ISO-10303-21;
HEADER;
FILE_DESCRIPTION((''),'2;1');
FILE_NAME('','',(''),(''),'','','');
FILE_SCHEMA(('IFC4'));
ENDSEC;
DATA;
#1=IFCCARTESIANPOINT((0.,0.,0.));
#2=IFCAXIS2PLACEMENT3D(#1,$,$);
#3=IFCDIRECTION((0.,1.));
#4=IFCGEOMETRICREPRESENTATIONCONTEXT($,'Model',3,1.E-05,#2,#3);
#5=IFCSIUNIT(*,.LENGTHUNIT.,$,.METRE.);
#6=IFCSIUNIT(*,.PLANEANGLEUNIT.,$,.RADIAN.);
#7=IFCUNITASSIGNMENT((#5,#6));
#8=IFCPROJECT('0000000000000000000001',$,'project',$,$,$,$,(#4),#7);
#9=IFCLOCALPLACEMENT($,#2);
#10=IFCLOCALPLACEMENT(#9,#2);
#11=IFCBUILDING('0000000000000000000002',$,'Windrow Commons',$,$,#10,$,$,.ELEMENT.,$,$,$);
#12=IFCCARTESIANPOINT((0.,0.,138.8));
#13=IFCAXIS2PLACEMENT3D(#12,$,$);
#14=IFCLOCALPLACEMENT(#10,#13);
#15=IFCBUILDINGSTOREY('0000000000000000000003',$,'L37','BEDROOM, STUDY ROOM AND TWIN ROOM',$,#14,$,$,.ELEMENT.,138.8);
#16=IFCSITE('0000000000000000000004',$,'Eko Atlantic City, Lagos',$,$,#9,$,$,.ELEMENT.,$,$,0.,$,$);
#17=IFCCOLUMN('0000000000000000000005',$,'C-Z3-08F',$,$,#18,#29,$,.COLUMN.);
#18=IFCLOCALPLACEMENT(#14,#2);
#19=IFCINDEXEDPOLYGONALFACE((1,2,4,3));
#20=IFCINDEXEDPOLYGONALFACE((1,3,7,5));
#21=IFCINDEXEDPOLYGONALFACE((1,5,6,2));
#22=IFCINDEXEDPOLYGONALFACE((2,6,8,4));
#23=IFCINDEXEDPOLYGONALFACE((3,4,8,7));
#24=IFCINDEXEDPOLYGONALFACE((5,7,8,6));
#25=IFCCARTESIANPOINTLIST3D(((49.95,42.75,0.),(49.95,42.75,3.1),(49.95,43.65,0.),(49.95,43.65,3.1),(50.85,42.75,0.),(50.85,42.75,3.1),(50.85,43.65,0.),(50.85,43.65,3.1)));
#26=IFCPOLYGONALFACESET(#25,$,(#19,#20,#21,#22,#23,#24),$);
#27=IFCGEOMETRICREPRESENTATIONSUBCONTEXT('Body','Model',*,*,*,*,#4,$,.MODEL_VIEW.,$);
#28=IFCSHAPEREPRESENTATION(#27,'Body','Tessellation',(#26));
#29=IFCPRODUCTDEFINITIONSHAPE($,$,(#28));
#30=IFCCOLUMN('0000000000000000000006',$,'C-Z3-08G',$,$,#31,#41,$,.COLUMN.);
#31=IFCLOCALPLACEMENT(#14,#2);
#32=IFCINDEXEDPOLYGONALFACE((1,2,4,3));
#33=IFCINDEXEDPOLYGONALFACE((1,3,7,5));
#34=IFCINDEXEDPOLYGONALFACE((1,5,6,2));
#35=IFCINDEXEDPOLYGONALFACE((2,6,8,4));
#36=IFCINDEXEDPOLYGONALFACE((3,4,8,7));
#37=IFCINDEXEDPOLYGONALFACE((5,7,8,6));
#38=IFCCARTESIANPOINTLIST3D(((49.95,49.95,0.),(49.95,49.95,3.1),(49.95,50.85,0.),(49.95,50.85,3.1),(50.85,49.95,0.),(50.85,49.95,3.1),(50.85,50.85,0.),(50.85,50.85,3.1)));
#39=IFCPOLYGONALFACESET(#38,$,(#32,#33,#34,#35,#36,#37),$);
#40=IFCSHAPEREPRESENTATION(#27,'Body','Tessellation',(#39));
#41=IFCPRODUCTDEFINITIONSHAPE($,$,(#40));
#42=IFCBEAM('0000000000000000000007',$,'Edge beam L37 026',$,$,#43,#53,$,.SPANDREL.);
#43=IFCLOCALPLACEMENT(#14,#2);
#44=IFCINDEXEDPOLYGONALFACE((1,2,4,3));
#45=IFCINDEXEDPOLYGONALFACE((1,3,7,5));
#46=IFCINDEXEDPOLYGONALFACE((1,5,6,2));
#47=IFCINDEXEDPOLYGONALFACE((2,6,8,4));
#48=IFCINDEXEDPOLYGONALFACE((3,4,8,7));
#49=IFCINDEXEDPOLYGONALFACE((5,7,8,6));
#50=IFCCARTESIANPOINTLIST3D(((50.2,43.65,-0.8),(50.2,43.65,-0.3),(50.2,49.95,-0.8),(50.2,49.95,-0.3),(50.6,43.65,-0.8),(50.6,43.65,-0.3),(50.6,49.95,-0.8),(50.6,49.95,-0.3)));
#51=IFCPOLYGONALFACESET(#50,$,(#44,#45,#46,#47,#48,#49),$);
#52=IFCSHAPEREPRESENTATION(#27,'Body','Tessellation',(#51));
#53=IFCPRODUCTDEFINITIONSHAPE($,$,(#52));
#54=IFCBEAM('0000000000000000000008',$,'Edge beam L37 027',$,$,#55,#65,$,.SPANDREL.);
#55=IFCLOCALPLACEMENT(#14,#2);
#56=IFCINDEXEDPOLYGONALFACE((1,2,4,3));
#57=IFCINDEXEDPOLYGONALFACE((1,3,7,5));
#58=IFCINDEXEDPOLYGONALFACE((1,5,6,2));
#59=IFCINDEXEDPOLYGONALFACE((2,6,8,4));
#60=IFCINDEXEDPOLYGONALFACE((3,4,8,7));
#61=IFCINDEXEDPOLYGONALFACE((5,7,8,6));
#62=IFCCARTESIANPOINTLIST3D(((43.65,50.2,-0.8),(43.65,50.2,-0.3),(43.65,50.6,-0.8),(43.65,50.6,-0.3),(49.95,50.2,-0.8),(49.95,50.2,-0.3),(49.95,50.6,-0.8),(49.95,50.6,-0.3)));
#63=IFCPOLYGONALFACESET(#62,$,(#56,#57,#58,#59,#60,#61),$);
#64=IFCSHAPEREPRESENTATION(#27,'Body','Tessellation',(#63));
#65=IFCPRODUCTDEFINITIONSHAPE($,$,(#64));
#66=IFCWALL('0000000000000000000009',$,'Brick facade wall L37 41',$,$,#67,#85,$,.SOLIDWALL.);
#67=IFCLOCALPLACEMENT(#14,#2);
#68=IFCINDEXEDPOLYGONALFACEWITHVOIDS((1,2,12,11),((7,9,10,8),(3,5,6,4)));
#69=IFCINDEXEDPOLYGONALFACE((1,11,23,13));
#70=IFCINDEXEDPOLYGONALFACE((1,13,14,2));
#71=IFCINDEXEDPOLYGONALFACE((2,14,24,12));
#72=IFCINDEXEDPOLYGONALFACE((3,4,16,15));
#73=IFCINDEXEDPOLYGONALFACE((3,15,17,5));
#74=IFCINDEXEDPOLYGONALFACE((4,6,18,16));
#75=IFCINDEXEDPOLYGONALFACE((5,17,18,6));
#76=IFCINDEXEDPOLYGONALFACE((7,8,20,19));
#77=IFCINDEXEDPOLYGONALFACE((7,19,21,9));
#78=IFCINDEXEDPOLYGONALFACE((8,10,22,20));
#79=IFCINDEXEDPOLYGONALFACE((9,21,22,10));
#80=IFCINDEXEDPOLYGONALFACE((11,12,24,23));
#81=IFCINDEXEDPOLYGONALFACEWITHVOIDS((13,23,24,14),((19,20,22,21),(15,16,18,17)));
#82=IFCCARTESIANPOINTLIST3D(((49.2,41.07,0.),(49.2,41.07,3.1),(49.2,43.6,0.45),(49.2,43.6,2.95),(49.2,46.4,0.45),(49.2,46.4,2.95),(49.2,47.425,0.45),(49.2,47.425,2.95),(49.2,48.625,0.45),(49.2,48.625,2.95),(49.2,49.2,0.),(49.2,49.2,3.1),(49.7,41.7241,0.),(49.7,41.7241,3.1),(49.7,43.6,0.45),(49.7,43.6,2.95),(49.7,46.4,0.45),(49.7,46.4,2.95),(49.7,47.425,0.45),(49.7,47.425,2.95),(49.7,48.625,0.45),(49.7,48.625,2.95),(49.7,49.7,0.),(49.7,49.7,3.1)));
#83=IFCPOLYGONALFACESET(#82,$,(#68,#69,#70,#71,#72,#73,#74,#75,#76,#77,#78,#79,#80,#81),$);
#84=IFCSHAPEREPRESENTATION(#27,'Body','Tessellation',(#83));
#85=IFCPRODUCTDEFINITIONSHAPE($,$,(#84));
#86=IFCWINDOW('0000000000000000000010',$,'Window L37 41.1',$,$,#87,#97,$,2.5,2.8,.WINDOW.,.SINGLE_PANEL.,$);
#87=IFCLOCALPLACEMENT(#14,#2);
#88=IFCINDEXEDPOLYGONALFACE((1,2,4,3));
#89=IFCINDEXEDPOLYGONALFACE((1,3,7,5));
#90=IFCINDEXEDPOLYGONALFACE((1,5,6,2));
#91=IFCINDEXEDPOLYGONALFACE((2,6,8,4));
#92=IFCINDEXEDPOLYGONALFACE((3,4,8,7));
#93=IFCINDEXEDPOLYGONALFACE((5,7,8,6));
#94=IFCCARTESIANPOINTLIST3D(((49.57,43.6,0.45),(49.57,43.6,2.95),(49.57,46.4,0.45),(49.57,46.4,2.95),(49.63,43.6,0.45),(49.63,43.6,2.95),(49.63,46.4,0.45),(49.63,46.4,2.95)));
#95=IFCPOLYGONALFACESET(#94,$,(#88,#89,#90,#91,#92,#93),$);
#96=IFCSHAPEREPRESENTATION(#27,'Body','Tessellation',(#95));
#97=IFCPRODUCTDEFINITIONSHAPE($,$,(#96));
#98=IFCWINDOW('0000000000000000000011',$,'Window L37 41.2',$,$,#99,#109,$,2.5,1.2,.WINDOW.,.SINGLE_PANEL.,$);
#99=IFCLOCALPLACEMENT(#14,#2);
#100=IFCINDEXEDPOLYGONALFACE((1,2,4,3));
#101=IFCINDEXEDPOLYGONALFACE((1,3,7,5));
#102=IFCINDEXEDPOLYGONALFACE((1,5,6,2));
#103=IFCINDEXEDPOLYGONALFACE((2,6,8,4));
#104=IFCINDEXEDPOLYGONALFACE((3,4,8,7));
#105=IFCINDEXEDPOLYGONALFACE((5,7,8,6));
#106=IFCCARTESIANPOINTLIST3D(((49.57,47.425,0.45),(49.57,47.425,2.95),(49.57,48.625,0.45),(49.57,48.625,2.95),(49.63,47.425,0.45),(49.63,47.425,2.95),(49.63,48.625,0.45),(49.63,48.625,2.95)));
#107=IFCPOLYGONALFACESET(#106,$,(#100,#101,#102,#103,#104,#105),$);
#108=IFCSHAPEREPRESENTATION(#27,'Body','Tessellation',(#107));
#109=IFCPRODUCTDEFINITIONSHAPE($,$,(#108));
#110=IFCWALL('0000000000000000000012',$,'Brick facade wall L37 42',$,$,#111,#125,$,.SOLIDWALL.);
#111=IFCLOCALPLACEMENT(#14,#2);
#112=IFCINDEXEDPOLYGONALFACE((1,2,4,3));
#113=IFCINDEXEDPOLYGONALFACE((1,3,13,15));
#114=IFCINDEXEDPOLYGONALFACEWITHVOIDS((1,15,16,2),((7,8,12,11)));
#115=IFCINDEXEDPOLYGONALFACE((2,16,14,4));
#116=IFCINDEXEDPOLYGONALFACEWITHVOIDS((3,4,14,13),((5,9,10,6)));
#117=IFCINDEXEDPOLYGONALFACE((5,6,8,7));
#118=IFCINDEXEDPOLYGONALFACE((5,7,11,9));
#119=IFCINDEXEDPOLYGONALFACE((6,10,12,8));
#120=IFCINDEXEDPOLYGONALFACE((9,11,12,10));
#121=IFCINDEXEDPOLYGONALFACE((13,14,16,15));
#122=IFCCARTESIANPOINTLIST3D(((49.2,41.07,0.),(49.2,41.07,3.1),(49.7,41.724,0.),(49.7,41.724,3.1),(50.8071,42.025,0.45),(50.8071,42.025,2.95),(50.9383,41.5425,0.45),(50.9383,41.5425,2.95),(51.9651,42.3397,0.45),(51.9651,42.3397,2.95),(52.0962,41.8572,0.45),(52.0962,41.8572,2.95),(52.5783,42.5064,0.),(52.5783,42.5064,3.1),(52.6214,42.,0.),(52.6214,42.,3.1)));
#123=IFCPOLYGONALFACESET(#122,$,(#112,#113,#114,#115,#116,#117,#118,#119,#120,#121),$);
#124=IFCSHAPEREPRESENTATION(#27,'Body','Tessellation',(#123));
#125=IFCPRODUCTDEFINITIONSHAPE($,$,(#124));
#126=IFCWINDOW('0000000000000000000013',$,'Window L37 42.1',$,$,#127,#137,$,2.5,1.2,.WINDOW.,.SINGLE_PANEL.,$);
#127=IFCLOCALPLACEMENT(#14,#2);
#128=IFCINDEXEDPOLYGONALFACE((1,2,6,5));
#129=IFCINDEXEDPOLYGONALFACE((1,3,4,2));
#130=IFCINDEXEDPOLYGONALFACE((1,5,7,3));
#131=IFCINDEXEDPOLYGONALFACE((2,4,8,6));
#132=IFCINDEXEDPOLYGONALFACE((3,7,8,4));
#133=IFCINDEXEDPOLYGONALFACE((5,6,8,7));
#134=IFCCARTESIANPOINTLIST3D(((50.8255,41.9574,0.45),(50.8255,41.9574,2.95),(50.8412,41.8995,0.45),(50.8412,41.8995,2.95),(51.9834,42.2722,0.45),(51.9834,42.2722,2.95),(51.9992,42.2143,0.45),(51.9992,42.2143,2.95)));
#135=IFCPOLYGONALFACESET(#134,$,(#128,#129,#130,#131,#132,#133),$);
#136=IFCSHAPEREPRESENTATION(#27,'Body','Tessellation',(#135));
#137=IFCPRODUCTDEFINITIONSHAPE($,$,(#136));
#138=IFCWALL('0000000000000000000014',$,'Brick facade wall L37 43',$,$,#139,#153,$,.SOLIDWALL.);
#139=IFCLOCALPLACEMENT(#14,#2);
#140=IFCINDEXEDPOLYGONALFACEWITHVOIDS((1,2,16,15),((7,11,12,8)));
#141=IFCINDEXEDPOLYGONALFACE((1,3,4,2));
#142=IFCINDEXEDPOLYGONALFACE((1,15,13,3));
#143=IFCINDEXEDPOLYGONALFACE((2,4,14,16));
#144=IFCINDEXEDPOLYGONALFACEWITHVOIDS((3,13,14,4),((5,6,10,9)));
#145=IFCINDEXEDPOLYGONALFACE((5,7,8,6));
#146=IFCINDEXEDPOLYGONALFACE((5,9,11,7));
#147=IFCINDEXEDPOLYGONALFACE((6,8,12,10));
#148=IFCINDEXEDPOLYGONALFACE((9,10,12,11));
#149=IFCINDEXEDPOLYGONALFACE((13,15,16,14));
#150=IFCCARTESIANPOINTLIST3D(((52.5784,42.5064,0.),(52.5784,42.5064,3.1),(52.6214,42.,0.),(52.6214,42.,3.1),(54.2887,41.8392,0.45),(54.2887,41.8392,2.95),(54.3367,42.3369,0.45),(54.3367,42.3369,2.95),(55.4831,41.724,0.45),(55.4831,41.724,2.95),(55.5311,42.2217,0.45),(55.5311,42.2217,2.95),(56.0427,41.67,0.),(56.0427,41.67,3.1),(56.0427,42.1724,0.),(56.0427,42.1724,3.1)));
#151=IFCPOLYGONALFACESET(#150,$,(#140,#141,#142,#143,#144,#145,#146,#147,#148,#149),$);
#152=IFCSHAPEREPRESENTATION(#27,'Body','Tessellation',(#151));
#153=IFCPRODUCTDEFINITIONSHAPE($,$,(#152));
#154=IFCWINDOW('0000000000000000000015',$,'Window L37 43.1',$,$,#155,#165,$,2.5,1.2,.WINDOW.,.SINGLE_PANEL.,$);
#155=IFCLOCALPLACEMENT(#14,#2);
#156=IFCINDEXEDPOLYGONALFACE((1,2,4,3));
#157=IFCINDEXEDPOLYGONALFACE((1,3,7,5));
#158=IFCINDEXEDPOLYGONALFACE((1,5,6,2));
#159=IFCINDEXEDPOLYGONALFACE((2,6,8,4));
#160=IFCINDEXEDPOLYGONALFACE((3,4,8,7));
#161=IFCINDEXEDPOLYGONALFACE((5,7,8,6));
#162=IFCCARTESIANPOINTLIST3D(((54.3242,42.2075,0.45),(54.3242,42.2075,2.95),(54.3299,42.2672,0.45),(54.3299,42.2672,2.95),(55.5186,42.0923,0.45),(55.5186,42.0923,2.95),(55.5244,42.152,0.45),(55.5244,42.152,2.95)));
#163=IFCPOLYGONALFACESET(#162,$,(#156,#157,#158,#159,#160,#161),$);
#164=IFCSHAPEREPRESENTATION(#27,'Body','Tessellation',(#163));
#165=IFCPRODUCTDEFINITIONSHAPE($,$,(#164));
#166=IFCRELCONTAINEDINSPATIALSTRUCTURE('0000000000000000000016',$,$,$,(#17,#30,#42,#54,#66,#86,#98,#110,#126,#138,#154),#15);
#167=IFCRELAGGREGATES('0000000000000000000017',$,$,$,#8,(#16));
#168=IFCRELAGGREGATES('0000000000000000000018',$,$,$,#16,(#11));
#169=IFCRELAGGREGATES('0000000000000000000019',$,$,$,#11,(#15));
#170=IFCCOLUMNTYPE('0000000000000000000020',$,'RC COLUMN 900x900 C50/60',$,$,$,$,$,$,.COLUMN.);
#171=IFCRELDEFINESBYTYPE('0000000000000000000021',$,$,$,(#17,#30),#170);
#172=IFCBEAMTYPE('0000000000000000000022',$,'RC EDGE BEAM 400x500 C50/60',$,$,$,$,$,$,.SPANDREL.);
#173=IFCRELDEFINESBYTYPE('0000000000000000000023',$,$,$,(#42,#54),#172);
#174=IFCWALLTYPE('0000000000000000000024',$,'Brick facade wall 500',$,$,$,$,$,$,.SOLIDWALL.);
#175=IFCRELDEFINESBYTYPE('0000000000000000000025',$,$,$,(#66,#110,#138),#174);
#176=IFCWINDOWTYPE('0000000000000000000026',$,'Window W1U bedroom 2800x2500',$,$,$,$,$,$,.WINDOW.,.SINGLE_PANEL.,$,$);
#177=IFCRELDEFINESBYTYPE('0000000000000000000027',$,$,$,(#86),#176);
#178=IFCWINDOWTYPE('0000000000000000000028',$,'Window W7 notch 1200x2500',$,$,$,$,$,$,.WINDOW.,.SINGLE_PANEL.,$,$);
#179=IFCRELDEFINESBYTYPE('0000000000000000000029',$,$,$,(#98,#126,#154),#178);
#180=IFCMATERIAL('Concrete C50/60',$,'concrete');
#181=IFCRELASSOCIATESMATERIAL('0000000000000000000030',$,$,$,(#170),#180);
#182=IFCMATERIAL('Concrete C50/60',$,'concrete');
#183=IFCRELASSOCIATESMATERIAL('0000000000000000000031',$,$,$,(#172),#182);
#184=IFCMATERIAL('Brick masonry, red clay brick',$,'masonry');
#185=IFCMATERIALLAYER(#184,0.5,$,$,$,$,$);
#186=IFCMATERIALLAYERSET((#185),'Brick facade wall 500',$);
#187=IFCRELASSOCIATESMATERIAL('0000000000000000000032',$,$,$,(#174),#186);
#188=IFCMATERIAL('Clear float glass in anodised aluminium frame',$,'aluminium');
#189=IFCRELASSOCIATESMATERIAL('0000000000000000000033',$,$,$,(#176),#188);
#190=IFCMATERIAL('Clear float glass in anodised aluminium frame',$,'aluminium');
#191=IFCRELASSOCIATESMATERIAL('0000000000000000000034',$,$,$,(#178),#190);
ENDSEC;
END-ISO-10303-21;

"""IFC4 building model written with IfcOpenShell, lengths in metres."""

from ifc_helpers import new_model, si_unit, direction, frame, frame_2d, origin, origin_2d, place, context, subcontext, project, spatial, polyline, rectangle, outline, extrude, material, layer, layer_set, material_profile, profile_set, type_object, element, fill, save


model = new_model("IFC4")

# Units and contexts
model_context = context("Model", 3, precision=1e-05, world=origin(), true_north=direction((0.0, 1.0)))
body_context = subcontext(model_context, "Body", "Model", "MODEL_VIEW")
ifc_project = project(units=[si_unit("LENGTHUNIT", "METRE"), si_unit("PLANEANGLEUNIT", "RADIAN")], contexts=[model_context])

# Site, building, storey
site_placement = place(None, origin())
site = spatial("IfcSite", under=ifc_project, at=site_placement, Name="Eko Atlantic City, Lagos", CompositionType="ELEMENT", RefElevation=0.0)
building_placement = place(site_placement, origin())
building = spatial("IfcBuilding", under=site, at=building_placement, Name="Windrow Commons", CompositionType="ELEMENT")
storey_placement = place(building_placement, frame((0.0, 0.0, 138.8)))
storey = spatial("IfcBuildingStorey", under=building, at=storey_placement, Name="L37", Description="BEDROOM, STUDY ROOM AND TWIN ROOM", CompositionType="ELEMENT", Elevation=138.8)

# Columns
ifc_material_1 = material(Name="Concrete C50/60", Category="concrete")
ifc_material_profile_1 = material_profile(ifc_material_1, rectangle(XDim=0.9, YDim=0.9, at=origin_2d()))
ifc_profile_set_1 = profile_set([ifc_material_profile_1], Name="Concrete C50/60")
column_type = type_object("IfcColumnType", Name="RC COLUMN 900x900 C50/60", PredefinedType="COLUMN", material=ifc_profile_set_1)
for number, where, z_axis, x_axis, name in (
    (1, (50.4, 43.2, 0.0), (0.0, 0.0, 1.0), (1.0, 0.0, 0.0), "C-Z3-08F"),
    (2, (50.4, 50.4, 0.0), (0.0, 0.0, 1.0), (1.0, 0.0, 0.0), "C-Z3-08G"),
):
    element("IfcColumn", number, at=place(storey_placement, frame(where, z_axis=z_axis, x_axis=x_axis)), inside=storey, type_object=column_type, Name=name, PredefinedType="COLUMN", context=body_context, shape_type="SweptSolid", body=[
        extrude(rectangle(XDim=0.9, YDim=0.9, at=origin_2d()), origin(), (0.0, 0.0, 1.0), 3.1),
    ])

# Beams
ifc_material_2 = material(Name="Concrete C50/60", Category="concrete")
ifc_material_profile_2 = material_profile(ifc_material_2, rectangle(XDim=0.4, YDim=0.5, at=origin_2d()))
ifc_profile_set_2 = profile_set([ifc_material_profile_2], Name="Concrete C50/60")
beam_type = type_object("IfcBeamType", Name="RC EDGE BEAM 400x500 C50/60", PredefinedType="SPANDREL", material=ifc_profile_set_2)
for number, where, z_axis, x_axis, name in (
    (3, (50.4, 43.65, -0.55), (0.0, 1.0, 0.0), (-1.0, 0.0, 0.0), "Edge beam L37 026"),
    (4, (49.95, 50.4, -0.55), (-1.0, 0.0, 0.0), (0.0, -1.0, 0.0), "Edge beam L37 027"),
):
    element("IfcBeam", number, at=place(storey_placement, frame(where, z_axis=z_axis, x_axis=x_axis)), inside=storey, type_object=beam_type, Name=name, PredefinedType="SPANDREL", context=body_context, shape_type="SweptSolid", body=[
        extrude(rectangle(XDim=0.4, YDim=0.5, at=origin_2d()), origin(), (0.0, 0.0, 1.0), 6.3),
    ])

# Wall, openings, windows
ifc_material_3 = material(Name="Brick masonry, red clay brick", Category="masonry")
ifc_layer_1 = layer(ifc_material_3, 0.5)
ifc_layer_set_1 = layer_set([ifc_layer_1], Name="Brick facade wall 500")
wall_type_1 = type_object("IfcWallType", Name="Brick facade wall 500", PredefinedType="SOLIDWALL", material=ifc_layer_set_1)
wall_1_placement = place(storey_placement, frame((49.45, 49.45, 0.0), z_axis=(0.0, 0.0, 1.0), x_axis=(0.0, -1.0, 0.0)))
wall_1 = element("IfcWall", 5, at=wall_1_placement, inside=storey, type_object=wall_type_1, Name="Brick facade wall L37 41", PredefinedType="SOLIDWALL", context=body_context, shape_type="SweptSolid", body=[
    extrude(outline(polyline([(0.25, -0.25), (8.38, -0.25), (7.7259, 0.25), (-0.25, 0.25), (0.25, -0.25)])), origin(), (0.0, 0.0, 1.0), 3.1),
])
opening_1_placement = place(wall_1_placement, frame((3.05, 0.0, 0.45)))
opening_1 = element("IfcOpeningElement", 6, at=opening_1_placement, cuts=wall_1, PredefinedType="OPENING", context=body_context, shape_type="SweptSolid", body=[
    extrude(rectangle(XDim=2.8, YDim=2.5, at=frame_2d((1.4, 1.25))), frame((0.0, 0.26, 0.0), z_axis=(0.0, -1.0, 0.0), x_axis=(1.0, 0.0, 0.0)), (0.0, 0.0, 1.0), 0.52),
])
opening_2_placement = place(wall_1_placement, frame((0.825, 0.0, 0.45)))
opening_2 = element("IfcOpeningElement", 7, at=opening_2_placement, cuts=wall_1, PredefinedType="OPENING", context=body_context, shape_type="SweptSolid", body=[
    extrude(rectangle(XDim=1.2, YDim=2.5, at=frame_2d((0.6, 1.25))), frame((0.0, 0.26, 0.0), z_axis=(0.0, -1.0, 0.0), x_axis=(1.0, 0.0, 0.0)), (0.0, 0.0, 1.0), 0.52),
])
ifc_material_4 = material(Name="Clear float glass in anodised aluminium frame", Category="aluminium")
window_type_1 = type_object("IfcWindowType", Name="Window W1U bedroom 2800x2500", PartitioningType="SINGLE_PANEL", PredefinedType="WINDOW", material=ifc_material_4)
window_1_placement = place(opening_1_placement, origin())
window_1 = element("IfcWindow", 8, at=window_1_placement, inside=storey, type_object=window_type_1, Name="Window L37 41.1", OverallHeight=2.5, OverallWidth=2.8, PartitioningType="SINGLE_PANEL", PredefinedType="WINDOW", context=body_context, shape_type="SweptSolid", body=[
    extrude(rectangle(XDim=2.8, YDim=2.5, at=frame_2d((1.4, 1.25))), frame((0.0, 0.18, 0.0), z_axis=(0.0, -1.0, 0.0), x_axis=(1.0, 0.0, 0.0)), (0.0, 0.0, 1.0), 0.06),
])
fill(opening_1, window_1)
ifc_material_5 = material(Name="Clear float glass in anodised aluminium frame", Category="aluminium")
window_type_2 = type_object("IfcWindowType", Name="Window W7 notch 1200x2500", PartitioningType="SINGLE_PANEL", PredefinedType="WINDOW", material=ifc_material_5)
window_2_placement = place(opening_2_placement, origin())
window_2 = element("IfcWindow", 9, at=window_2_placement, inside=storey, type_object=window_type_2, Name="Window L37 41.2", OverallHeight=2.5, OverallWidth=1.2, PartitioningType="SINGLE_PANEL", PredefinedType="WINDOW", context=body_context, shape_type="SweptSolid", body=[
    extrude(rectangle(XDim=1.2, YDim=2.5, at=frame_2d((0.6, 1.25))), frame((0.0, 0.18, 0.0), z_axis=(0.0, -1.0, 0.0), x_axis=(1.0, 0.0, 0.0)), (0.0, 0.0, 1.0), 0.06),
])
fill(opening_2, window_2)

# Walls, openings, windows
wall_2_placement = place(storey_placement, frame((49.45, 41.397, 0.0), z_axis=(0.0, 0.0, 1.0), x_axis=(0.964986, 0.262301, 0.0)))
wall_2 = element("IfcWall", 10, at=wall_2_placement, inside=storey, type_object=wall_type_1, Name="Brick facade wall L37 42", PredefinedType="SOLIDWALL", context=body_context, shape_type="SweptSolid", body=[
    extrude(outline(polyline([(-0.327, -0.25), (3.2185, -0.25), (3.3098, 0.25), (0.327, 0.25), (-0.327, -0.25)])), origin(), (0.0, 0.0, 1.0), 3.1),
])
opening_3_placement = place(wall_2_placement, frame((1.4743, 0.0, 0.45)))
opening_3 = element("IfcOpeningElement", 11, at=opening_3_placement, cuts=wall_2, PredefinedType="OPENING", context=body_context, shape_type="SweptSolid", body=[
    extrude(rectangle(XDim=1.2, YDim=2.5, at=frame_2d((0.6, 1.25))), frame((0.0, 0.26, 0.0), z_axis=(0.0, -1.0, 0.0), x_axis=(1.0, 0.0, 0.0)), (0.0, 0.0, 1.0), 0.52),
])
window_3_placement = place(opening_3_placement, origin())
window_3 = element("IfcWindow", 12, at=window_3_placement, inside=storey, type_object=window_type_2, Name="Window L37 42.1", OverallHeight=2.5, OverallWidth=1.2, PartitioningType="SINGLE_PANEL", PredefinedType="WINDOW", context=body_context, shape_type="SweptSolid", body=[
    extrude(rectangle(XDim=1.2, YDim=2.5, at=frame_2d((0.6, 1.25))), frame((0.0, 0.18, 0.0), z_axis=(0.0, -1.0, 0.0), x_axis=(1.0, 0.0, 0.0)), (0.0, 0.0, 1.0), 0.06),
])
fill(opening_3, window_3)
wall_3_placement = place(storey_placement, frame((52.5999, 42.2532, 0.0), z_axis=(0.0, 0.0, 1.0), x_axis=(0.995383, -0.095988, 0.0)))
wall_3 = element("IfcWall", 13, at=wall_3_placement, inside=storey, type_object=wall_type_1, Name="Brick facade wall L37 43", PredefinedType="SOLIDWALL", context=body_context, shape_type="SweptSolid", body=[
    extrude(outline(polyline([(0.0457, -0.25), (3.4829, -0.25), (3.4347, 0.25), (-0.0457, 0.25), (0.0457, -0.25)])), origin(), (0.0, 0.0, 1.0), 3.1),
])
opening_4_placement = place(wall_3_placement, frame((1.7207, 0.0, 0.45)))
opening_4 = element("IfcOpeningElement", 14, at=opening_4_placement, cuts=wall_3, PredefinedType="OPENING", context=body_context, shape_type="SweptSolid", body=[
    extrude(rectangle(XDim=1.2, YDim=2.5, at=frame_2d((0.6, 1.25))), frame((0.0, 0.26, 0.0), z_axis=(0.0, -1.0, 0.0), x_axis=(1.0, 0.0, 0.0)), (0.0, 0.0, 1.0), 0.52),
])
window_4_placement = place(opening_4_placement, origin())
window_4 = element("IfcWindow", 15, at=window_4_placement, inside=storey, type_object=window_type_2, Name="Window L37 43.1", OverallHeight=2.5, OverallWidth=1.2, PartitioningType="SINGLE_PANEL", PredefinedType="WINDOW", context=body_context, shape_type="SweptSolid", body=[
    extrude(rectangle(XDim=1.2, YDim=2.5, at=frame_2d((0.6, 1.25))), frame((0.0, 0.18, 0.0), z_axis=(0.0, -1.0, 0.0), x_axis=(1.0, 0.0, 0.0)), (0.0, 0.0, 1.0), 0.06),
])
fill(opening_4, window_4)

save(model, "model.ifc")
